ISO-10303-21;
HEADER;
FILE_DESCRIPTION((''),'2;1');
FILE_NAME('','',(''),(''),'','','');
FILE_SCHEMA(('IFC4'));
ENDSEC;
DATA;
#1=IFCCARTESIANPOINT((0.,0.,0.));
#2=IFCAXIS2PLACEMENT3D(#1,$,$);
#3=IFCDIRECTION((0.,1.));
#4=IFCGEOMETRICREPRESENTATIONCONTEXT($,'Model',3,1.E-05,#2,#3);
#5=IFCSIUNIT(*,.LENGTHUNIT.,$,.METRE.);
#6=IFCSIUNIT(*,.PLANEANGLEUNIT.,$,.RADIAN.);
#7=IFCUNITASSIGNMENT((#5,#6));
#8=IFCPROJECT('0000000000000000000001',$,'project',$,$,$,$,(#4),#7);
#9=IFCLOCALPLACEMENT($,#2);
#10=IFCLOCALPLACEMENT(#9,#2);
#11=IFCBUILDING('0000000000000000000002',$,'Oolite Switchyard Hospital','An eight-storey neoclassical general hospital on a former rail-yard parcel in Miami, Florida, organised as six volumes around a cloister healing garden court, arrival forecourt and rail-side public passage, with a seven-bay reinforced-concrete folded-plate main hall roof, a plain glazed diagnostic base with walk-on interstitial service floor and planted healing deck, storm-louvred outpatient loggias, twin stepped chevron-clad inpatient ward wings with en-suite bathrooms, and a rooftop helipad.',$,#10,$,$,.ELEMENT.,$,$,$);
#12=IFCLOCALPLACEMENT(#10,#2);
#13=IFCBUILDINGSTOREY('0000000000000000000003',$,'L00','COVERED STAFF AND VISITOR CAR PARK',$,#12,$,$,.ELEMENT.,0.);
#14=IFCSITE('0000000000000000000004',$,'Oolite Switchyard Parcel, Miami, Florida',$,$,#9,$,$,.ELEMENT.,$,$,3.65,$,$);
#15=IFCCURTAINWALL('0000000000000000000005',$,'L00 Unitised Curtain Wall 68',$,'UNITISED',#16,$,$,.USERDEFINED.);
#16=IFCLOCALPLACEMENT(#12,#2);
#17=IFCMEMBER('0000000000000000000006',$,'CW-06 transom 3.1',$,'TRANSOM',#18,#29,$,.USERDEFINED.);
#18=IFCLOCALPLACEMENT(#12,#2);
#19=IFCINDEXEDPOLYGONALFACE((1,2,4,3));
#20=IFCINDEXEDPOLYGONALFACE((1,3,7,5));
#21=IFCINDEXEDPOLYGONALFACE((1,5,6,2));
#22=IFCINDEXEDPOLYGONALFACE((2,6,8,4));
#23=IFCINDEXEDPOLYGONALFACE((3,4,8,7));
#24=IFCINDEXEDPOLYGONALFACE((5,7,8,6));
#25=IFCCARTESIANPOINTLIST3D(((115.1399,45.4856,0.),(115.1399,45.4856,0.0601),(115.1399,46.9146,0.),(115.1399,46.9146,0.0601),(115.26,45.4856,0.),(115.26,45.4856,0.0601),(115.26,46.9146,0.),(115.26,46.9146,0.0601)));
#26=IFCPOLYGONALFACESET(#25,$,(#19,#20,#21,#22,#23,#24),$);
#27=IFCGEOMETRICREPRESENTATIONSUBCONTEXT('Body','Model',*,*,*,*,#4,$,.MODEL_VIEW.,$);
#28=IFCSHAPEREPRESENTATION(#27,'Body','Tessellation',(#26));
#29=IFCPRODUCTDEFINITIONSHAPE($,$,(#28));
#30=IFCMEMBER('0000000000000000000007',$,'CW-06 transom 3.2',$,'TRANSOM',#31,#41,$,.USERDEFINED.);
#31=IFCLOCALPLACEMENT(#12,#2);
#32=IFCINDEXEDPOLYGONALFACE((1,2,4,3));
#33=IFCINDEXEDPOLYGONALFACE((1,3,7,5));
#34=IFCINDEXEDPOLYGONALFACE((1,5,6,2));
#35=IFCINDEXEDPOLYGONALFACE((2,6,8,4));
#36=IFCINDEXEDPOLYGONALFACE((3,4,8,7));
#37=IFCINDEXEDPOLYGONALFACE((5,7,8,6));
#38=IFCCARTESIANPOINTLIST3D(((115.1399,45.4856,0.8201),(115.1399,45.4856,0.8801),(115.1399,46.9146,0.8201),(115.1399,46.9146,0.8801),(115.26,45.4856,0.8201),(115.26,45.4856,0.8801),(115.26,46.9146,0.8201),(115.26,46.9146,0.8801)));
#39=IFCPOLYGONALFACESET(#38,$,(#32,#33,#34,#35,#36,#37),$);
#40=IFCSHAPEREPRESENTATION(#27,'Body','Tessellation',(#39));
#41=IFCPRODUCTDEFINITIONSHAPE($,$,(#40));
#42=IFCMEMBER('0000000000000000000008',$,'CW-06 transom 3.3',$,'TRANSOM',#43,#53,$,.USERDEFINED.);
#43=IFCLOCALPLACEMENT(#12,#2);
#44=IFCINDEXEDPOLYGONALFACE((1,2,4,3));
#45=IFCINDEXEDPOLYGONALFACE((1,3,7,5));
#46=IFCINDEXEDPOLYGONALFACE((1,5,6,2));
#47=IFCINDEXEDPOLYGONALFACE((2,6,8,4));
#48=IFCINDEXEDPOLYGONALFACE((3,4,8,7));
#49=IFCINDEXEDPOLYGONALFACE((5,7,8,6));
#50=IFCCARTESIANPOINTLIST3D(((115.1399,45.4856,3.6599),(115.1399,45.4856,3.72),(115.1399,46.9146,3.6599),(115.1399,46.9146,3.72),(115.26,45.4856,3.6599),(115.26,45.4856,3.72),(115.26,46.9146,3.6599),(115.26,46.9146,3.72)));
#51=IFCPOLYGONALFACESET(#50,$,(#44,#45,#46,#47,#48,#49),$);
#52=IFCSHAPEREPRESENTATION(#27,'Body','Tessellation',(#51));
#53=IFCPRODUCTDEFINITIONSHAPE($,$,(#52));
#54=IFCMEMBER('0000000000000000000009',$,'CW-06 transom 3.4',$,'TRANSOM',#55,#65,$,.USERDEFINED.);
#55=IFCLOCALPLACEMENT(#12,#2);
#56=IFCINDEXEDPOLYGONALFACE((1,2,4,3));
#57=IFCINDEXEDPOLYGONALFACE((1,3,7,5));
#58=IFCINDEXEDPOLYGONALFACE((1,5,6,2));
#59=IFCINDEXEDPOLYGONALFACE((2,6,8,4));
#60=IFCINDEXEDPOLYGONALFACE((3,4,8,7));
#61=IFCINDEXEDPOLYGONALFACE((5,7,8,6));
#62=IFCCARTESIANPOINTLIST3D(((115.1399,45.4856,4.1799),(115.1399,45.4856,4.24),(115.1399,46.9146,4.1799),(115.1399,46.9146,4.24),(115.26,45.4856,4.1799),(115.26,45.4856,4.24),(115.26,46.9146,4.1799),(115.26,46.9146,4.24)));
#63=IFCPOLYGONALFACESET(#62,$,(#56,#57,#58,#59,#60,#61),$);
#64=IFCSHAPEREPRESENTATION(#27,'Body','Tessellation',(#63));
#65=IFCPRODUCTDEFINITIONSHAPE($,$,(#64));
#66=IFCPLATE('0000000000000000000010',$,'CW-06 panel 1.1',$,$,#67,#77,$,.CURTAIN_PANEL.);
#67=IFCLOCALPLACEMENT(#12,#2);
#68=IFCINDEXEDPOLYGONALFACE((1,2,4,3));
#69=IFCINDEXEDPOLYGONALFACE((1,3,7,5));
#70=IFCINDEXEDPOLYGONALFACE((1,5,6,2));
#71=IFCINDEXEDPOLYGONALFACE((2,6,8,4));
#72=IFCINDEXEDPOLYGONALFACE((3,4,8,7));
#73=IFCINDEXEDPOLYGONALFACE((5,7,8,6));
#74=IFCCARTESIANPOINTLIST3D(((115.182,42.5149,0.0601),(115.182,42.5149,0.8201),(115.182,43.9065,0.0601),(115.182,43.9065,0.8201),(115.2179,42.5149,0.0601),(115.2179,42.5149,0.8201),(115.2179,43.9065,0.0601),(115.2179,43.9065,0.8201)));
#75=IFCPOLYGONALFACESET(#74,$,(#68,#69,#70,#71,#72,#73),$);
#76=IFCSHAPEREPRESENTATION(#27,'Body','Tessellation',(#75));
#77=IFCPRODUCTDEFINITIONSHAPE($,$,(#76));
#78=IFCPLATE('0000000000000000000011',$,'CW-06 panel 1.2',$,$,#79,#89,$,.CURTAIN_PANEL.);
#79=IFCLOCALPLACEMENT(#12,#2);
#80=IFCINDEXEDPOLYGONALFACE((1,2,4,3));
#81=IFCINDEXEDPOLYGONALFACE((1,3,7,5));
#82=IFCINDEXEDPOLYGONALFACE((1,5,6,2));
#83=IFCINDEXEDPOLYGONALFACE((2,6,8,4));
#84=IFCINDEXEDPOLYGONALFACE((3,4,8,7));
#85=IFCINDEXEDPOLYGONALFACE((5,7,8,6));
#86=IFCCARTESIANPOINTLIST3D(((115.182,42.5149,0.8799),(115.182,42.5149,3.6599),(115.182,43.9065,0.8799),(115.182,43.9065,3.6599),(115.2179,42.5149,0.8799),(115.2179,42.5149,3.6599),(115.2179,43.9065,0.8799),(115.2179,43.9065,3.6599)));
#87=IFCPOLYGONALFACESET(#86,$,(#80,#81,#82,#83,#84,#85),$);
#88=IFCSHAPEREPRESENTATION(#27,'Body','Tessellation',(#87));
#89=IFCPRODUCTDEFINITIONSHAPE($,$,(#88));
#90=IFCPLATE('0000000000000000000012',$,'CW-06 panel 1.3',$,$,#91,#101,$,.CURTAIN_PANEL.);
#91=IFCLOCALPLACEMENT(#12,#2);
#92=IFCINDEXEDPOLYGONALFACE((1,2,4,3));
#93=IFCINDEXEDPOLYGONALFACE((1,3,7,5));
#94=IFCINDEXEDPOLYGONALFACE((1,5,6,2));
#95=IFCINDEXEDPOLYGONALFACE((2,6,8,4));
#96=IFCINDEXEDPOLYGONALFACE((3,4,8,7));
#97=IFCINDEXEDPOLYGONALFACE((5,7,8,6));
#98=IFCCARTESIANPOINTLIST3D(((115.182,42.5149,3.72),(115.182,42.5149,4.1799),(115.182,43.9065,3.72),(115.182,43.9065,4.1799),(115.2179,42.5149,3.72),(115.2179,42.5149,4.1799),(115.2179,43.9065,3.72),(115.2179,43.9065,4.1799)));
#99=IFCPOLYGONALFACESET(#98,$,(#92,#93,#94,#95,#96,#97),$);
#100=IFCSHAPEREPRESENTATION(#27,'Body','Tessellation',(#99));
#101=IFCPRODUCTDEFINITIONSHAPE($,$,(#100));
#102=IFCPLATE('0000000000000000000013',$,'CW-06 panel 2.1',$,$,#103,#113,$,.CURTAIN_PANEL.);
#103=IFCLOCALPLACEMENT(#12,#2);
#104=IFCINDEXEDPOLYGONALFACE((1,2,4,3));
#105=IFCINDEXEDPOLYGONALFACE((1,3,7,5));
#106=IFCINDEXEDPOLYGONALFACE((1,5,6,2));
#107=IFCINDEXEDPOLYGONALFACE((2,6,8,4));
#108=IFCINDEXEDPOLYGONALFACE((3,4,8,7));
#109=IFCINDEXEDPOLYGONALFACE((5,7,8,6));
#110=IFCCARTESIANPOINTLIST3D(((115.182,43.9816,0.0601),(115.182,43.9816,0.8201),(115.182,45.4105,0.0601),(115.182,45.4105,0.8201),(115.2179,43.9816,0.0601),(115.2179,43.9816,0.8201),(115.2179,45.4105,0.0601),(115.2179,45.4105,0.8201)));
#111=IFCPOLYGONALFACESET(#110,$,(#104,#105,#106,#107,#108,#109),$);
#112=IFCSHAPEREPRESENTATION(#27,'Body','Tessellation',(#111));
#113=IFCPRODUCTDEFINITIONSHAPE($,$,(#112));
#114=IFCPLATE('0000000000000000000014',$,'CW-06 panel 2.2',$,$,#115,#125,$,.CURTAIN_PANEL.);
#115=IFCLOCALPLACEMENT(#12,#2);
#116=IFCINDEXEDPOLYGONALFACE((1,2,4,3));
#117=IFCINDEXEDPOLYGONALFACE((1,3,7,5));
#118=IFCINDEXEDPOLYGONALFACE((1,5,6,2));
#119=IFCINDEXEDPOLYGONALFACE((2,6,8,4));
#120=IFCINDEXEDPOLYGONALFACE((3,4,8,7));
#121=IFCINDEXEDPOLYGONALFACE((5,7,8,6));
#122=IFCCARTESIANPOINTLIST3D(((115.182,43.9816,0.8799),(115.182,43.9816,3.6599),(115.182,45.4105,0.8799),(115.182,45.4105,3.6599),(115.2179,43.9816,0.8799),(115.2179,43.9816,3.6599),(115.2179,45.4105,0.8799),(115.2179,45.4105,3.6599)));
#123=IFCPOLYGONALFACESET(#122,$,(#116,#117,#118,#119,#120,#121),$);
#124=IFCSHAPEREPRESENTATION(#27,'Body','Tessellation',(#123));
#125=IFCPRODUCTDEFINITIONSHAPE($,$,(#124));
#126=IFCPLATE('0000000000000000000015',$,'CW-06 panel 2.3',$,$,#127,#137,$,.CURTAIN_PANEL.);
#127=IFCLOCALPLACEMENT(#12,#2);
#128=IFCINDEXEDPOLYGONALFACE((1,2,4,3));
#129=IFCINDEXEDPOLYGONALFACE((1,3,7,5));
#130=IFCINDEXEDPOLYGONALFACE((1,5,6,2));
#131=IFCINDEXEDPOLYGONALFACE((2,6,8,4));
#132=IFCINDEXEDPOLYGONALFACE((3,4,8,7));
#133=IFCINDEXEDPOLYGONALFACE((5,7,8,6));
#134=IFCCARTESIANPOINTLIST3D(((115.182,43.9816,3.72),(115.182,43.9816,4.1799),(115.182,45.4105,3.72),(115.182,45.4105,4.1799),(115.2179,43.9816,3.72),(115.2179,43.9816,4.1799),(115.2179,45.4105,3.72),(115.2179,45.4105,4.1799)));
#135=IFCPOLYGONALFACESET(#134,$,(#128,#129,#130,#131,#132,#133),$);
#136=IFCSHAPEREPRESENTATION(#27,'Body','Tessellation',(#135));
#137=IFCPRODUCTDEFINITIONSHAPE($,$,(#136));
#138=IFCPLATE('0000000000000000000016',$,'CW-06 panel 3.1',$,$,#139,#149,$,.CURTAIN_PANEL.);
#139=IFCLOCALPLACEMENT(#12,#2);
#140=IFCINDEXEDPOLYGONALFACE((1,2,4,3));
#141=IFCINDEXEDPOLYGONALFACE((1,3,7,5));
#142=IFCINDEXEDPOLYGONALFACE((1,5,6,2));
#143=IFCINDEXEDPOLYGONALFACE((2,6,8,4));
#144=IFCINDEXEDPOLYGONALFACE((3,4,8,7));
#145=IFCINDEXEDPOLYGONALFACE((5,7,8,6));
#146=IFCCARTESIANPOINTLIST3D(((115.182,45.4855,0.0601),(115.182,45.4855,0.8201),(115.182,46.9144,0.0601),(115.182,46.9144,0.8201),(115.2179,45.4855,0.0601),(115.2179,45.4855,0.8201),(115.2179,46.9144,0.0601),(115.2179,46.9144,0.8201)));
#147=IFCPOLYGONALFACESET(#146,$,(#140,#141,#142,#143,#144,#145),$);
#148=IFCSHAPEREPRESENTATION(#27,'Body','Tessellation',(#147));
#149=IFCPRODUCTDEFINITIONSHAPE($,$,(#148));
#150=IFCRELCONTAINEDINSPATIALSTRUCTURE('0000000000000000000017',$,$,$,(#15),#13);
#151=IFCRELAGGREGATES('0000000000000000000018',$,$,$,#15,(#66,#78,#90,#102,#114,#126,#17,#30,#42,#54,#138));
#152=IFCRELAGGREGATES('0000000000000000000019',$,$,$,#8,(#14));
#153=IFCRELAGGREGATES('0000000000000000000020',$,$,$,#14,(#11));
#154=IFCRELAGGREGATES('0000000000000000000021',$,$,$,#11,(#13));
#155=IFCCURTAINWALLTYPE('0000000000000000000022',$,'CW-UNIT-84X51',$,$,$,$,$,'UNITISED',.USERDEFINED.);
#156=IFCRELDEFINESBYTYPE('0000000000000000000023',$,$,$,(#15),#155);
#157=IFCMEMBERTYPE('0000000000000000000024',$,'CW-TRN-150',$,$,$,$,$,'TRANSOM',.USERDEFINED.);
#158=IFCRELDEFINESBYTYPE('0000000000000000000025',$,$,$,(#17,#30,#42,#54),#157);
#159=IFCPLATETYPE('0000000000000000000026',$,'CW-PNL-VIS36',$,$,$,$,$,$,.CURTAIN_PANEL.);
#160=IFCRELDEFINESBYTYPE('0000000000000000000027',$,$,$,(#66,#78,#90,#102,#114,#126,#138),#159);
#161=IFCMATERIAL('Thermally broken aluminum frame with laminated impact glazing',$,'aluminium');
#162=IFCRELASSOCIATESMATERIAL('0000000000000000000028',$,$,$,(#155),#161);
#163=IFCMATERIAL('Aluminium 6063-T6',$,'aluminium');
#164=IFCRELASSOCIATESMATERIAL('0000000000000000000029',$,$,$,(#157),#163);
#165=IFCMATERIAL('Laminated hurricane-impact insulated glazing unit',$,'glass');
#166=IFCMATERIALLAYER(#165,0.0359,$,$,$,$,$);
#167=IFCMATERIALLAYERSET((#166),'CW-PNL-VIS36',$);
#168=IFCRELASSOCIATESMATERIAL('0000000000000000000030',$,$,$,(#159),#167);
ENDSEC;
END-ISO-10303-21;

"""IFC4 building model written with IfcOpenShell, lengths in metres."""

from ifc_helpers import new_model, si_unit, direction, frame, origin, origin_2d, place, context, subcontext, project, spatial, rectangle, extrude, material, layer, layer_set, material_profile, profile_set, type_object, element, aggregate, save


model = new_model("IFC4")

# Units and contexts
model_context = context("Model", 3, precision=1e-05, world=origin(), true_north=direction((0.0, 1.0)))
body_context = subcontext(model_context, "Body", "Model", "MODEL_VIEW")
ifc_project = project(units=[si_unit("LENGTHUNIT", "METRE"), si_unit("PLANEANGLEUNIT", "RADIAN")], contexts=[model_context])

# Site, building, storey
site_placement = place(None, origin())
site = spatial("IfcSite", under=ifc_project, at=site_placement, Name="Oolite Switchyard Parcel, Miami, Florida", CompositionType="ELEMENT", RefElevation=3.65)
building_placement = place(site_placement, origin())
building = spatial("IfcBuilding", under=site, at=building_placement, Name="Oolite Switchyard Hospital", Description="An eight-storey neoclassical general hospital on a former rail-yard parcel in Miami, Florida, organised as six volumes around a cloister healing garden court, arrival forecourt and rail-side public passage, with a seven-bay reinforced-concrete folded-plate main hall roof, a plain glazed diagnostic base with walk-on interstitial service floor and planted healing deck, storm-louvred outpatient loggias, twin stepped chevron-clad inpatient ward wings with en-suite bathrooms, and a rooftop helipad.", CompositionType="ELEMENT")
storey_placement = place(building_placement, origin())
storey = spatial("IfcBuildingStorey", under=building, at=storey_placement, Name="L00", Description="COVERED STAFF AND VISITOR CAR PARK", CompositionType="ELEMENT", Elevation=0.0)

# Curtain wall, members, plates
ifc_material_1 = material(Name="Thermally broken aluminum frame with laminated impact glazing", Category="aluminium")
curtain_wall_type = type_object("IfcCurtainWallType", Name="CW-UNIT-84X51", ElementType="UNITISED", PredefinedType="USERDEFINED", material=ifc_material_1)
curtain_wall_placement = place(storey_placement, origin())
curtain_wall = element("IfcCurtainWall", 1, at=curtain_wall_placement, inside=storey, type_object=curtain_wall_type, Name="L00 Unitised Curtain Wall 68", ObjectType="UNITISED", PredefinedType="USERDEFINED")
ifc_material_2 = material(Name="Aluminium 6063-T6", Category="aluminium")
ifc_material_profile_1 = material_profile(ifc_material_2, rectangle(XDim=0.1201, YDim=0.0601, at=origin_2d()), Name="CWT60X120")
ifc_profile_set_1 = profile_set([ifc_material_profile_1], Name="Aluminium 6063-T6")
member_type_1 = type_object("IfcMemberType", Name="CW-TRN-150", ElementType="TRANSOM", PredefinedType="USERDEFINED", material=ifc_profile_set_1)
member_1_placement = place(storey_placement, frame((115.2, 45.4856, 0.03), z_axis=(0.0, 1.0, 0.0), x_axis=(-1.0, 0.0, 0.0)))
member_1 = element("IfcMember", 2, at=member_1_placement, type_object=member_type_1, Name="CW-06 transom 3.1", ObjectType="TRANSOM", PredefinedType="USERDEFINED", context=body_context, shape_type="SweptSolid", body=[
    extrude(rectangle(XDim=0.1201, YDim=0.0601, at=origin_2d()), origin(), (0.0, 0.0, 1.0), 1.429),
])
member_2_placement = place(storey_placement, frame((115.2, 45.4856, 0.8501), z_axis=(0.0, 1.0, 0.0), x_axis=(-1.0, 0.0, 0.0)))
member_2 = element("IfcMember", 3, at=member_2_placement, type_object=member_type_1, Name="CW-06 transom 3.2", ObjectType="TRANSOM", PredefinedType="USERDEFINED", context=body_context, shape_type="SweptSolid", body=[
    extrude(rectangle(XDim=0.1201, YDim=0.0601, at=origin_2d()), origin(), (0.0, 0.0, 1.0), 1.429),
])
member_3_placement = place(storey_placement, frame((115.2, 45.4856, 3.6899), z_axis=(0.0, 1.0, 0.0), x_axis=(-1.0, 0.0, 0.0)))
member_3 = element("IfcMember", 4, at=member_3_placement, type_object=member_type_1, Name="CW-06 transom 3.3", ObjectType="TRANSOM", PredefinedType="USERDEFINED", context=body_context, shape_type="SweptSolid", body=[
    extrude(rectangle(XDim=0.1201, YDim=0.0601, at=origin_2d()), origin(), (0.0, 0.0, 1.0), 1.429),
])
member_4_placement = place(storey_placement, frame((115.2, 45.4856, 4.21), z_axis=(0.0, 1.0, 0.0), x_axis=(-1.0, 0.0, 0.0)))
member_4 = element("IfcMember", 5, at=member_4_placement, type_object=member_type_1, Name="CW-06 transom 3.4", ObjectType="TRANSOM", PredefinedType="USERDEFINED", context=body_context, shape_type="SweptSolid", body=[
    extrude(rectangle(XDim=0.1201, YDim=0.0601, at=origin_2d()), origin(), (0.0, 0.0, 1.0), 1.429),
])
ifc_material_3 = material(Name="Laminated hurricane-impact insulated glazing unit", Category="glass")
ifc_layer = layer(ifc_material_3, 0.0359)
ifc_layer_set = layer_set([ifc_layer], Name="CW-PNL-VIS36")
plate_type = type_object("IfcPlateType", Name="CW-PNL-VIS36", PredefinedType="CURTAIN_PANEL", material=ifc_layer_set)
plate_1_placement = place(storey_placement, frame((115.2, 43.2107, 0.0601), z_axis=(0.0, 0.0, 1.0), x_axis=(0.0, 1.0, 0.0)))
plate_1 = element("IfcPlate", 6, at=plate_1_placement, type_object=plate_type, Name="CW-06 panel 1.1", PredefinedType="CURTAIN_PANEL", context=body_context, shape_type="SweptSolid", body=[
    extrude(rectangle(XDim=1.3916, YDim=0.0359, at=origin_2d()), origin(), (0.0, 0.0, 1.0), 0.76),
])
plate_2_placement = place(storey_placement, frame((115.2, 43.2107, 0.8799), z_axis=(0.0, 0.0, 1.0), x_axis=(0.0, 1.0, 0.0)))
plate_2 = element("IfcPlate", 7, at=plate_2_placement, type_object=plate_type, Name="CW-06 panel 1.2", PredefinedType="CURTAIN_PANEL", context=body_context, shape_type="SweptSolid", body=[
    extrude(rectangle(XDim=1.3916, YDim=0.0359, at=origin_2d()), origin(), (0.0, 0.0, 1.0), 2.78),
])
plate_3_placement = place(storey_placement, frame((115.2, 43.2107, 3.72), z_axis=(0.0, 0.0, 1.0), x_axis=(0.0, 1.0, 0.0)))
plate_3 = element("IfcPlate", 8, at=plate_3_placement, type_object=plate_type, Name="CW-06 panel 1.3", PredefinedType="CURTAIN_PANEL", context=body_context, shape_type="SweptSolid", body=[
    extrude(rectangle(XDim=1.3916, YDim=0.0359, at=origin_2d()), origin(), (0.0, 0.0, 1.0), 0.46),
])
plate_4_placement = place(storey_placement, frame((115.2, 44.696, 0.0601), z_axis=(0.0, 0.0, 1.0), x_axis=(0.0, 1.0, 0.0)))
plate_4 = element("IfcPlate", 9, at=plate_4_placement, type_object=plate_type, Name="CW-06 panel 2.1", PredefinedType="CURTAIN_PANEL", context=body_context, shape_type="SweptSolid", body=[
    extrude(rectangle(XDim=1.429, YDim=0.0359, at=origin_2d()), origin(), (0.0, 0.0, 1.0), 0.76),
])
plate_5_placement = place(storey_placement, frame((115.2, 44.696, 0.8799), z_axis=(0.0, 0.0, 1.0), x_axis=(0.0, 1.0, 0.0)))
plate_5 = element("IfcPlate", 10, at=plate_5_placement, type_object=plate_type, Name="CW-06 panel 2.2", PredefinedType="CURTAIN_PANEL", context=body_context, shape_type="SweptSolid", body=[
    extrude(rectangle(XDim=1.429, YDim=0.0359, at=origin_2d()), origin(), (0.0, 0.0, 1.0), 2.78),
])
plate_6_placement = place(storey_placement, frame((115.2, 44.696, 3.72), z_axis=(0.0, 0.0, 1.0), x_axis=(0.0, 1.0, 0.0)))
plate_6 = element("IfcPlate", 11, at=plate_6_placement, type_object=plate_type, Name="CW-06 panel 2.3", PredefinedType="CURTAIN_PANEL", context=body_context, shape_type="SweptSolid", body=[
    extrude(rectangle(XDim=1.429, YDim=0.0359, at=origin_2d()), origin(), (0.0, 0.0, 1.0), 0.46),
])
plate_7_placement = place(storey_placement, frame((115.2, 46.2, 0.0601), z_axis=(0.0, 0.0, 1.0), x_axis=(0.0, 1.0, 0.0)))
plate_7 = element("IfcPlate", 12, at=plate_7_placement, type_object=plate_type, Name="CW-06 panel 3.1", PredefinedType="CURTAIN_PANEL", context=body_context, shape_type="SweptSolid", body=[
    extrude(rectangle(XDim=1.429, YDim=0.0359, at=origin_2d()), origin(), (0.0, 0.0, 1.0), 0.76),
])
aggregate(curtain_wall, [plate_1, plate_2, plate_3, plate_4, plate_5, plate_6, member_1, member_2, member_3, member_4, plate_7])

save(model, "model.ifc")
